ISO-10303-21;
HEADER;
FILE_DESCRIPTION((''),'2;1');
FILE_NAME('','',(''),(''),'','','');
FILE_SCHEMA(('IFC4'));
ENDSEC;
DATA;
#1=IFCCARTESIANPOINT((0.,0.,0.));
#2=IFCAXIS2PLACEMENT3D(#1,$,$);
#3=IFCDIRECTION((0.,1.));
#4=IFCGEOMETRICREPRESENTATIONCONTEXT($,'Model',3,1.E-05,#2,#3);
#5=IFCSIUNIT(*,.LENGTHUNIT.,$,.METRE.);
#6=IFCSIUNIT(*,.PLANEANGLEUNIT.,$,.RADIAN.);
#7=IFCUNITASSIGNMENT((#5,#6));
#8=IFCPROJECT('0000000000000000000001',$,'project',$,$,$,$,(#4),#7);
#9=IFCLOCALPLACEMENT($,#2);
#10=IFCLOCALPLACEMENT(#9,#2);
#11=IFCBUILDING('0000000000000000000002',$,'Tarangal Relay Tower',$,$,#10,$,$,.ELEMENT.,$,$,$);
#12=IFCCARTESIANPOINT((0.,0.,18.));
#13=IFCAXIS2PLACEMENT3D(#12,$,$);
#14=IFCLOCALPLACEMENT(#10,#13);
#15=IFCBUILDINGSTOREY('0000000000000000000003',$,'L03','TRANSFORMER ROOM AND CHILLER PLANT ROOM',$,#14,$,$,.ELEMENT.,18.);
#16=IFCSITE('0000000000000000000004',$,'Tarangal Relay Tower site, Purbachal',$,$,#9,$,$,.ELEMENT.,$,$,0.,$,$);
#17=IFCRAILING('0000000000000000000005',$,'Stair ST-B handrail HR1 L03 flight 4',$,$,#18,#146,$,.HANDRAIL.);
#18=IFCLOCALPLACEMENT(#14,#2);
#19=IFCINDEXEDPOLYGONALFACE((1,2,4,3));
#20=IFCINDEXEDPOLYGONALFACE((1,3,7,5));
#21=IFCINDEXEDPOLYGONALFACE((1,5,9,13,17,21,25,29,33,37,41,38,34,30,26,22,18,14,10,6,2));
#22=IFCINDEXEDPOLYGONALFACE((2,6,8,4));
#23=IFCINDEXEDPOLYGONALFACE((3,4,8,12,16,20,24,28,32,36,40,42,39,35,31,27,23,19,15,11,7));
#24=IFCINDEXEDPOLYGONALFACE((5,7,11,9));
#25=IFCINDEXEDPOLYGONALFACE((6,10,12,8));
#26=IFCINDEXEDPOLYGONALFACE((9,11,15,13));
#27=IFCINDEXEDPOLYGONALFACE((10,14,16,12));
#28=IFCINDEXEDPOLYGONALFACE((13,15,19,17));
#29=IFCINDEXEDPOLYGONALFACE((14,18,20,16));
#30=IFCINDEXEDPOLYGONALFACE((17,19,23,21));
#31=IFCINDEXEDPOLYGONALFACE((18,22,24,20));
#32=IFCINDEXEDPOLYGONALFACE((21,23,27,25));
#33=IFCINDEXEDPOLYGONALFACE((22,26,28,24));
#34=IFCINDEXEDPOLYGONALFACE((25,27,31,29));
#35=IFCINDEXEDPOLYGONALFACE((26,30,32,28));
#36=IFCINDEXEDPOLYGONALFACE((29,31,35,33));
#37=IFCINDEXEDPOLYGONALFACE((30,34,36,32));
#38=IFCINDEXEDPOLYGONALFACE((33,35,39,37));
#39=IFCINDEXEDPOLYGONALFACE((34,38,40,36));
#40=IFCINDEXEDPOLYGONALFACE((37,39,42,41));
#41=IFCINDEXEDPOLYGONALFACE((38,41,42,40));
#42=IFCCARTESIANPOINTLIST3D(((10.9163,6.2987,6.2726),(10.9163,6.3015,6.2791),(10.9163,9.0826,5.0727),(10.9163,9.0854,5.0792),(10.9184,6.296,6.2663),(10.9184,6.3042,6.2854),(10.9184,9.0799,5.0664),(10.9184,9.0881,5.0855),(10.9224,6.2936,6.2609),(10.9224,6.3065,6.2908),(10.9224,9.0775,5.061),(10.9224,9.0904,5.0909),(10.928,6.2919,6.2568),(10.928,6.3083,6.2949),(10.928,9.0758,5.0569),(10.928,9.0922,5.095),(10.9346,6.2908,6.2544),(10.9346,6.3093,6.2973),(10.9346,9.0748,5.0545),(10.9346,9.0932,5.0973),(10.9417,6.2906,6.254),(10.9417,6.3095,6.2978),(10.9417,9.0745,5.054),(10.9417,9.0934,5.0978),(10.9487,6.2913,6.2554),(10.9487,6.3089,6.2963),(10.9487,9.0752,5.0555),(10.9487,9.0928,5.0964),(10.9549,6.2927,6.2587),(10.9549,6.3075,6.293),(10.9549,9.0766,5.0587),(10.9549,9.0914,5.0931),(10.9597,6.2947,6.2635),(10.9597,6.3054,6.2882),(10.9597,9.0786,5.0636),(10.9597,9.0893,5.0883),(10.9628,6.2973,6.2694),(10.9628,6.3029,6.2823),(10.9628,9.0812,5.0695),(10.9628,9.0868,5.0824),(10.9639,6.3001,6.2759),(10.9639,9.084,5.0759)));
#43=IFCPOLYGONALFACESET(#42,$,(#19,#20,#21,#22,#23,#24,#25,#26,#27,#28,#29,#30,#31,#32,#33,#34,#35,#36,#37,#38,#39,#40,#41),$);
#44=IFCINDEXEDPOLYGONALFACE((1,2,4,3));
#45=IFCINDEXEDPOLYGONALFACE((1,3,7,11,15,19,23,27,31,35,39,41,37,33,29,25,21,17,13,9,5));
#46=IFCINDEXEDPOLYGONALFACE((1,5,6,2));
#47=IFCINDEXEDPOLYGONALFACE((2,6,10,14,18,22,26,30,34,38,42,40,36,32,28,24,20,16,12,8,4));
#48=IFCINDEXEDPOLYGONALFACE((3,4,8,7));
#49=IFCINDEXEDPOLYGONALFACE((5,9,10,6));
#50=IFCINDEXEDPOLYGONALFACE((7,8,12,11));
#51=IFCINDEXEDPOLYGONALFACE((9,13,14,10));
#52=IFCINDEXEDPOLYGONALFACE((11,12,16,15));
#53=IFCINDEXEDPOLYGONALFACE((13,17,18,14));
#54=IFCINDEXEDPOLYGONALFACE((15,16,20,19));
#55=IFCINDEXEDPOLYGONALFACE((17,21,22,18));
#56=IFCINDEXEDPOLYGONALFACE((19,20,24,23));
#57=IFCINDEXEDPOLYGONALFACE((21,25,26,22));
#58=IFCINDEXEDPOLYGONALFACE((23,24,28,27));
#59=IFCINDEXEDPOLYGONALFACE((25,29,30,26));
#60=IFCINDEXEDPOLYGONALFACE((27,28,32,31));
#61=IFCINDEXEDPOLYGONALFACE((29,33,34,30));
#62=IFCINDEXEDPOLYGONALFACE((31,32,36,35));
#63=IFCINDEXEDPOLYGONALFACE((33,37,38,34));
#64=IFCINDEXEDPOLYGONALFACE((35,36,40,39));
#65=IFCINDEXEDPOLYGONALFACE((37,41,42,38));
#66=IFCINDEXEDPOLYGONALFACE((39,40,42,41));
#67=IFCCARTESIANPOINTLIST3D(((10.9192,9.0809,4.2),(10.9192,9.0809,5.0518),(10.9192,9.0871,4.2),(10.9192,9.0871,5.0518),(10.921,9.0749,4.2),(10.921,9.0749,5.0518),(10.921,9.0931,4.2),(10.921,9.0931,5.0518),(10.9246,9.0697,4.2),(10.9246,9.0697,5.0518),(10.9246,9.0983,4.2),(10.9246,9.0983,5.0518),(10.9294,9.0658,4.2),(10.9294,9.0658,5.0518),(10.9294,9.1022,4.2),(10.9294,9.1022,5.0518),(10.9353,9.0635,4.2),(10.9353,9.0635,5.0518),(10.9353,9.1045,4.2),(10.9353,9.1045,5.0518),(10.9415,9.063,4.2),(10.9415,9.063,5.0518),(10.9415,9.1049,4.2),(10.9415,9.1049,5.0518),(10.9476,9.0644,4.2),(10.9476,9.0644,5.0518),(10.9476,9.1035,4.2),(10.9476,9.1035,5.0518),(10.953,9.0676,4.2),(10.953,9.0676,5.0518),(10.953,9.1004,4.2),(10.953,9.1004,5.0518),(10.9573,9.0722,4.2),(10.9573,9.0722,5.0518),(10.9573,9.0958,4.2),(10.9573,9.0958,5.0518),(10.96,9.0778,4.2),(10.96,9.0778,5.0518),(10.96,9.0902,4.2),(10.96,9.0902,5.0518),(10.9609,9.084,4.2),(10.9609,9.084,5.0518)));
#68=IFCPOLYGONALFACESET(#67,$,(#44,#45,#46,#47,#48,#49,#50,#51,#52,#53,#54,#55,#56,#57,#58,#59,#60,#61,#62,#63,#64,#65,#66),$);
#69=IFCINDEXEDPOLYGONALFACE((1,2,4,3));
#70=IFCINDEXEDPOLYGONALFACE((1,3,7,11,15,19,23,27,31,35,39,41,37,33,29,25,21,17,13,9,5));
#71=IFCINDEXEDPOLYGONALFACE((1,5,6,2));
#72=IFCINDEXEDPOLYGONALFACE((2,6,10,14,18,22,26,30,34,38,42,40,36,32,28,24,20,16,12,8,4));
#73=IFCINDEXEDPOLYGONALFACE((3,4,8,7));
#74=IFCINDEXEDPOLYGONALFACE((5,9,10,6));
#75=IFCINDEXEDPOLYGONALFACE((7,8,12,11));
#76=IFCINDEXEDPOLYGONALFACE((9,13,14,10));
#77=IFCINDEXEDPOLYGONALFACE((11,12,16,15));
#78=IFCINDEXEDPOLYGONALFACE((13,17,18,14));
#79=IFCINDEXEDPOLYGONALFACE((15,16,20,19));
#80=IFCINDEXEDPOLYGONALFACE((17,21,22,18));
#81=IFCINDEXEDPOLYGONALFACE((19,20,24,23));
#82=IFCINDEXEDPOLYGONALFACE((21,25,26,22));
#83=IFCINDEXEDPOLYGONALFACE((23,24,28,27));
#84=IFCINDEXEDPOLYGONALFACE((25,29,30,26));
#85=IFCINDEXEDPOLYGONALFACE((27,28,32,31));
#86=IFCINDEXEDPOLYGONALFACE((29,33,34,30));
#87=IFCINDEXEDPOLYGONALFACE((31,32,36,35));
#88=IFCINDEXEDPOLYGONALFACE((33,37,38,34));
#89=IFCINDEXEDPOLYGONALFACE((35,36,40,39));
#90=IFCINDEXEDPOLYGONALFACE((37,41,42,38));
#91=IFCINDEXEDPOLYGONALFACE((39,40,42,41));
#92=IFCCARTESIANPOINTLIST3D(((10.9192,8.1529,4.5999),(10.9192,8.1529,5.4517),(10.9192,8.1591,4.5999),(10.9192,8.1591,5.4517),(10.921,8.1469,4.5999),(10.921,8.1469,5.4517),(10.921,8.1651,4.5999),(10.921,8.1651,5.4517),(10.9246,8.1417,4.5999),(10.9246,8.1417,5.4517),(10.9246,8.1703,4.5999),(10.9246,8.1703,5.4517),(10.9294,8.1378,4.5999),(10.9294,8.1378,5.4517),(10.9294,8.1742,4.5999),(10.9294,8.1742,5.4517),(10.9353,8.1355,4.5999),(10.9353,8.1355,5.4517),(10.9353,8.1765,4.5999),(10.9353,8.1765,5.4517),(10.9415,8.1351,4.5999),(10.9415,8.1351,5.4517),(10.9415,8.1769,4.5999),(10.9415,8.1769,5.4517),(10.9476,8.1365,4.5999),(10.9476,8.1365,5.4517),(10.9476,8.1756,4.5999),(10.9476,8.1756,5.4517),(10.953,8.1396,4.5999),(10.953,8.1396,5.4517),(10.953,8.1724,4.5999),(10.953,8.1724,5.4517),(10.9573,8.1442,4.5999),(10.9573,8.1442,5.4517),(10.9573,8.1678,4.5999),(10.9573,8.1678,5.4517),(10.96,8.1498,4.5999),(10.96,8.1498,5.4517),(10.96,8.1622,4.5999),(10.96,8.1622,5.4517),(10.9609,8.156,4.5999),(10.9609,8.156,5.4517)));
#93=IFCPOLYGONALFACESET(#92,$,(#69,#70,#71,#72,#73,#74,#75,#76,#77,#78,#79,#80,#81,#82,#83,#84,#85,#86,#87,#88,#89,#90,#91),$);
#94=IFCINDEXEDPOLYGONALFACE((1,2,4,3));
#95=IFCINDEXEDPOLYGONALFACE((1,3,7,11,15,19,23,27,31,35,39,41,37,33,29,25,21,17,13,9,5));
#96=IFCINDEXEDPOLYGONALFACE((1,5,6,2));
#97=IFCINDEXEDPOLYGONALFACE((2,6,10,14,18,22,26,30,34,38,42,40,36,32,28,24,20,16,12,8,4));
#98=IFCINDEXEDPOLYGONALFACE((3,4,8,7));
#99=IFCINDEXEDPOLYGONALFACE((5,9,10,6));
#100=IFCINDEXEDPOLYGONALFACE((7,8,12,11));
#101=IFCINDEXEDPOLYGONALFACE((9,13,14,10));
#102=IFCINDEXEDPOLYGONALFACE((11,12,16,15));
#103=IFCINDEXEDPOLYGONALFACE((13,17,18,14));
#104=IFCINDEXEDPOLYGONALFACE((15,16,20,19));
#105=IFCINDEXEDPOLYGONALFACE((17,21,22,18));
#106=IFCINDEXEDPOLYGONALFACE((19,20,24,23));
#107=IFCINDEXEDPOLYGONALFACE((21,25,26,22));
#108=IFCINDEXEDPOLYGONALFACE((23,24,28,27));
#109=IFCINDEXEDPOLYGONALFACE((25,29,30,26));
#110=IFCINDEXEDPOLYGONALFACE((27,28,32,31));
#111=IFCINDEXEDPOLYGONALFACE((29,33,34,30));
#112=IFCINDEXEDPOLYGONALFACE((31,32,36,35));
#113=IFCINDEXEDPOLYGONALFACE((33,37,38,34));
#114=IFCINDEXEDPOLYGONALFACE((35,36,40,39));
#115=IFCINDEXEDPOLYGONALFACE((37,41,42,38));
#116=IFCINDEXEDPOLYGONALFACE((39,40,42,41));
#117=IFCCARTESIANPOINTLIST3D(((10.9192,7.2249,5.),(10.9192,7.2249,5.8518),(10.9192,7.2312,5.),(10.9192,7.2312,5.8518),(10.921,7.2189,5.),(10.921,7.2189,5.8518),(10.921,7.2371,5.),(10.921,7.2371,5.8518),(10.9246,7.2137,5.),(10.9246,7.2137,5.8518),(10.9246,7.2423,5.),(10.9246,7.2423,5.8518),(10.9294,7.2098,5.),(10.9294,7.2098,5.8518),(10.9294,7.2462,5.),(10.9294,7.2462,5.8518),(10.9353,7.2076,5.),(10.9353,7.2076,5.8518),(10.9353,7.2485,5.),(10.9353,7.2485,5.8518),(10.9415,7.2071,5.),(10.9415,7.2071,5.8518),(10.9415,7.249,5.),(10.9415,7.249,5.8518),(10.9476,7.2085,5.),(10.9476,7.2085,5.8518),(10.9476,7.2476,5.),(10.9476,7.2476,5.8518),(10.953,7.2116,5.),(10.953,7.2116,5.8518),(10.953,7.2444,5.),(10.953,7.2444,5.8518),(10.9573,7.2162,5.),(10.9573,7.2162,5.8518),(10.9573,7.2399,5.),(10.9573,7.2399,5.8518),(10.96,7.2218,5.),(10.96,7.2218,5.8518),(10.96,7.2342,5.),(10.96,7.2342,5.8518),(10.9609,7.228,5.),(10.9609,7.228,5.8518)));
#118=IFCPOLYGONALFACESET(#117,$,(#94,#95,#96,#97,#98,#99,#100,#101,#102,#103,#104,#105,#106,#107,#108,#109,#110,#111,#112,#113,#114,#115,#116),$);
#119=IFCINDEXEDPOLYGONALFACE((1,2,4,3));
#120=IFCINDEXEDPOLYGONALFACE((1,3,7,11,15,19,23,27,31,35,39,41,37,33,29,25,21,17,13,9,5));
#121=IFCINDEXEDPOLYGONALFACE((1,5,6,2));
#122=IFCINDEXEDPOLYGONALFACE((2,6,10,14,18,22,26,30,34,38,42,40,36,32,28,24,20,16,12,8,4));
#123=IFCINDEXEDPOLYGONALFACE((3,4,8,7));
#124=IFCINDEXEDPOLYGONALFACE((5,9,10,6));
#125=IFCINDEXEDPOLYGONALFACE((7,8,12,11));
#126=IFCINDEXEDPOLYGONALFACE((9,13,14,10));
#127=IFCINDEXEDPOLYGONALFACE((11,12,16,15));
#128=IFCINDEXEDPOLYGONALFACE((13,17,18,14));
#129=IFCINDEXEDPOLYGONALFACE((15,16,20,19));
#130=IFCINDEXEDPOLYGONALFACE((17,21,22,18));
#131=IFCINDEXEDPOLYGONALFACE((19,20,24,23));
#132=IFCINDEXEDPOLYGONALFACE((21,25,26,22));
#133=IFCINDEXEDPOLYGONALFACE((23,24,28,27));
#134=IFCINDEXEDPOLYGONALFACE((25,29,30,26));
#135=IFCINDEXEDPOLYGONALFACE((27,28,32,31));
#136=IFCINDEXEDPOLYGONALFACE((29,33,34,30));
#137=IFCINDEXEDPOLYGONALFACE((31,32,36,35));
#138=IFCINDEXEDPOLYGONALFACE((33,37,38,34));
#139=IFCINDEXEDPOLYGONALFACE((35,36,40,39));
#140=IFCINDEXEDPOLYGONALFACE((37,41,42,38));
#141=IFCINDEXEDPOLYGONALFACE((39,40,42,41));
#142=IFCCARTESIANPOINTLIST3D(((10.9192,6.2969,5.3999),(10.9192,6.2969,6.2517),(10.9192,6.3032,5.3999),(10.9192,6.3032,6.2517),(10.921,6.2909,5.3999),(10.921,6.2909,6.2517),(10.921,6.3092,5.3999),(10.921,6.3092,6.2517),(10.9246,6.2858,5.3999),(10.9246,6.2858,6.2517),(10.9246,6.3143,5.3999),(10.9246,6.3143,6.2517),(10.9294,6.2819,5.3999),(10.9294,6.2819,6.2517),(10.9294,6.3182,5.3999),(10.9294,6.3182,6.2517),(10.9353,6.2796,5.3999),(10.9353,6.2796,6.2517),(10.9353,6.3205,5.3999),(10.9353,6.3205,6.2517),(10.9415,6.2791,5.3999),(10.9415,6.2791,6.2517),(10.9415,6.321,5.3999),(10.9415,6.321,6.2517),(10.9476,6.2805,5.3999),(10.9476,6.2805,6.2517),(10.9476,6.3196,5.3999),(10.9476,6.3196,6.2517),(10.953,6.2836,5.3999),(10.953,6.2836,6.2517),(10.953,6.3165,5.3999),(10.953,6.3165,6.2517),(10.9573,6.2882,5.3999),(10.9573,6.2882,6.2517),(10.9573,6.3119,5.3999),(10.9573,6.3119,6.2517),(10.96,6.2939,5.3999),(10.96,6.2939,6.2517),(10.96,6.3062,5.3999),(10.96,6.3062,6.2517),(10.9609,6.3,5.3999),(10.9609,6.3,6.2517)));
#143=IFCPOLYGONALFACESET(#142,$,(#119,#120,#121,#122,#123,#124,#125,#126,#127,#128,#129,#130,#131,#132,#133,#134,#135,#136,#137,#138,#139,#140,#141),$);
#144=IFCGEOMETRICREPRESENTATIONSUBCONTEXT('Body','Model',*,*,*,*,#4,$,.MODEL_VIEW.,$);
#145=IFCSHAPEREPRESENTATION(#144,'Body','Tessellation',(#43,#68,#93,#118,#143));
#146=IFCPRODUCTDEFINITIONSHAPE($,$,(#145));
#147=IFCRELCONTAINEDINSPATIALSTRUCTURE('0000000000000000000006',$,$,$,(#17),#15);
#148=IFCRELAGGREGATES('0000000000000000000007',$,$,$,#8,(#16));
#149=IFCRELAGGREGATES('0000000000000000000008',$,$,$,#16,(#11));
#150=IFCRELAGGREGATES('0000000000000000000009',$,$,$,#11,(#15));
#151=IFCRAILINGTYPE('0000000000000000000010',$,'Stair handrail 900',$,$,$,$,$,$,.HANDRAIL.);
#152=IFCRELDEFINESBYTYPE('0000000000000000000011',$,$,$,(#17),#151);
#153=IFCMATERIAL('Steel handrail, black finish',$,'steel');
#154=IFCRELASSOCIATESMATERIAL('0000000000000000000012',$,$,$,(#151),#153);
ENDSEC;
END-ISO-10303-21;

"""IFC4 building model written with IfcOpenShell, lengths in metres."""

from ifc_helpers import new_model, si_unit, direction, frame, origin, origin_2d, place, context, subcontext, project, spatial, circle, extrude, material, type_object, element, save


model = new_model("IFC4")

# Units and contexts
model_context = context("Model", 3, precision=1e-05, world=origin(), true_north=direction((0.0, 1.0)))
body_context = subcontext(model_context, "Body", "Model", "MODEL_VIEW")
ifc_project = project(units=[si_unit("LENGTHUNIT", "METRE"), si_unit("PLANEANGLEUNIT", "RADIAN")], contexts=[model_context])

# Site, building, storey
site_placement = place(None, origin())
site = spatial("IfcSite", under=ifc_project, at=site_placement, Name="Tarangal Relay Tower site, Purbachal", CompositionType="ELEMENT", RefElevation=0.0)
building_placement = place(site_placement, origin())
building = spatial("IfcBuilding", under=site, at=building_placement, Name="Tarangal Relay Tower", CompositionType="ELEMENT")
storey_placement = place(building_placement, frame((0.0, 0.0, 18.0)))
storey = spatial("IfcBuildingStorey", under=building, at=storey_placement, Name="L03", Description="TRANSFORMER ROOM AND CHILLER PLANT ROOM", CompositionType="ELEMENT", Elevation=18.0)

# Railing
ifc_material_1 = material(Name="Steel handrail, black finish", Category="steel")
railing_type_1 = type_object("IfcRailingType", Name="Stair handrail 900", PredefinedType="HANDRAIL", material=ifc_material_1)
for number, where, name in (
    (1, (10.9399, 9.084, 4.2), "Stair ST-B handrail HR1 L03 flight 4"),
):
    element("IfcRailing", number, at=place(storey_placement, frame(where)), inside=storey, type_object=railing_type_1, Name=name, PredefinedType="HANDRAIL", context=body_context, shape_type="SweptSolid", body=[
        extrude(circle(Radius=0.0239, at=origin_2d()), frame((0.0, 0.0, 0.876), z_axis=(0.0, -0.918327, 0.395823), x_axis=(1.0, 0.0, 0.0)), (0.0, 0.0, 1.0), 3.0315),
        extrude(circle(Radius=0.021, at=origin_2d()), origin(), (0.0, 0.0, 1.0), 0.8518),
        extrude(circle(Radius=0.021, at=origin_2d()), frame((0.0, -0.928, 0.3999)), (0.0, 0.0, 1.0), 0.8518),
        extrude(circle(Radius=0.021, at=origin_2d()), frame((0.0, -1.856, 0.8)), (0.0, 0.0, 1.0), 0.8518),
        extrude(circle(Radius=0.021, at=origin_2d()), frame((0.0, -2.7839, 1.2)), (0.0, 0.0, 1.0), 0.8518),
    ])

save(model, "model.ifc")
